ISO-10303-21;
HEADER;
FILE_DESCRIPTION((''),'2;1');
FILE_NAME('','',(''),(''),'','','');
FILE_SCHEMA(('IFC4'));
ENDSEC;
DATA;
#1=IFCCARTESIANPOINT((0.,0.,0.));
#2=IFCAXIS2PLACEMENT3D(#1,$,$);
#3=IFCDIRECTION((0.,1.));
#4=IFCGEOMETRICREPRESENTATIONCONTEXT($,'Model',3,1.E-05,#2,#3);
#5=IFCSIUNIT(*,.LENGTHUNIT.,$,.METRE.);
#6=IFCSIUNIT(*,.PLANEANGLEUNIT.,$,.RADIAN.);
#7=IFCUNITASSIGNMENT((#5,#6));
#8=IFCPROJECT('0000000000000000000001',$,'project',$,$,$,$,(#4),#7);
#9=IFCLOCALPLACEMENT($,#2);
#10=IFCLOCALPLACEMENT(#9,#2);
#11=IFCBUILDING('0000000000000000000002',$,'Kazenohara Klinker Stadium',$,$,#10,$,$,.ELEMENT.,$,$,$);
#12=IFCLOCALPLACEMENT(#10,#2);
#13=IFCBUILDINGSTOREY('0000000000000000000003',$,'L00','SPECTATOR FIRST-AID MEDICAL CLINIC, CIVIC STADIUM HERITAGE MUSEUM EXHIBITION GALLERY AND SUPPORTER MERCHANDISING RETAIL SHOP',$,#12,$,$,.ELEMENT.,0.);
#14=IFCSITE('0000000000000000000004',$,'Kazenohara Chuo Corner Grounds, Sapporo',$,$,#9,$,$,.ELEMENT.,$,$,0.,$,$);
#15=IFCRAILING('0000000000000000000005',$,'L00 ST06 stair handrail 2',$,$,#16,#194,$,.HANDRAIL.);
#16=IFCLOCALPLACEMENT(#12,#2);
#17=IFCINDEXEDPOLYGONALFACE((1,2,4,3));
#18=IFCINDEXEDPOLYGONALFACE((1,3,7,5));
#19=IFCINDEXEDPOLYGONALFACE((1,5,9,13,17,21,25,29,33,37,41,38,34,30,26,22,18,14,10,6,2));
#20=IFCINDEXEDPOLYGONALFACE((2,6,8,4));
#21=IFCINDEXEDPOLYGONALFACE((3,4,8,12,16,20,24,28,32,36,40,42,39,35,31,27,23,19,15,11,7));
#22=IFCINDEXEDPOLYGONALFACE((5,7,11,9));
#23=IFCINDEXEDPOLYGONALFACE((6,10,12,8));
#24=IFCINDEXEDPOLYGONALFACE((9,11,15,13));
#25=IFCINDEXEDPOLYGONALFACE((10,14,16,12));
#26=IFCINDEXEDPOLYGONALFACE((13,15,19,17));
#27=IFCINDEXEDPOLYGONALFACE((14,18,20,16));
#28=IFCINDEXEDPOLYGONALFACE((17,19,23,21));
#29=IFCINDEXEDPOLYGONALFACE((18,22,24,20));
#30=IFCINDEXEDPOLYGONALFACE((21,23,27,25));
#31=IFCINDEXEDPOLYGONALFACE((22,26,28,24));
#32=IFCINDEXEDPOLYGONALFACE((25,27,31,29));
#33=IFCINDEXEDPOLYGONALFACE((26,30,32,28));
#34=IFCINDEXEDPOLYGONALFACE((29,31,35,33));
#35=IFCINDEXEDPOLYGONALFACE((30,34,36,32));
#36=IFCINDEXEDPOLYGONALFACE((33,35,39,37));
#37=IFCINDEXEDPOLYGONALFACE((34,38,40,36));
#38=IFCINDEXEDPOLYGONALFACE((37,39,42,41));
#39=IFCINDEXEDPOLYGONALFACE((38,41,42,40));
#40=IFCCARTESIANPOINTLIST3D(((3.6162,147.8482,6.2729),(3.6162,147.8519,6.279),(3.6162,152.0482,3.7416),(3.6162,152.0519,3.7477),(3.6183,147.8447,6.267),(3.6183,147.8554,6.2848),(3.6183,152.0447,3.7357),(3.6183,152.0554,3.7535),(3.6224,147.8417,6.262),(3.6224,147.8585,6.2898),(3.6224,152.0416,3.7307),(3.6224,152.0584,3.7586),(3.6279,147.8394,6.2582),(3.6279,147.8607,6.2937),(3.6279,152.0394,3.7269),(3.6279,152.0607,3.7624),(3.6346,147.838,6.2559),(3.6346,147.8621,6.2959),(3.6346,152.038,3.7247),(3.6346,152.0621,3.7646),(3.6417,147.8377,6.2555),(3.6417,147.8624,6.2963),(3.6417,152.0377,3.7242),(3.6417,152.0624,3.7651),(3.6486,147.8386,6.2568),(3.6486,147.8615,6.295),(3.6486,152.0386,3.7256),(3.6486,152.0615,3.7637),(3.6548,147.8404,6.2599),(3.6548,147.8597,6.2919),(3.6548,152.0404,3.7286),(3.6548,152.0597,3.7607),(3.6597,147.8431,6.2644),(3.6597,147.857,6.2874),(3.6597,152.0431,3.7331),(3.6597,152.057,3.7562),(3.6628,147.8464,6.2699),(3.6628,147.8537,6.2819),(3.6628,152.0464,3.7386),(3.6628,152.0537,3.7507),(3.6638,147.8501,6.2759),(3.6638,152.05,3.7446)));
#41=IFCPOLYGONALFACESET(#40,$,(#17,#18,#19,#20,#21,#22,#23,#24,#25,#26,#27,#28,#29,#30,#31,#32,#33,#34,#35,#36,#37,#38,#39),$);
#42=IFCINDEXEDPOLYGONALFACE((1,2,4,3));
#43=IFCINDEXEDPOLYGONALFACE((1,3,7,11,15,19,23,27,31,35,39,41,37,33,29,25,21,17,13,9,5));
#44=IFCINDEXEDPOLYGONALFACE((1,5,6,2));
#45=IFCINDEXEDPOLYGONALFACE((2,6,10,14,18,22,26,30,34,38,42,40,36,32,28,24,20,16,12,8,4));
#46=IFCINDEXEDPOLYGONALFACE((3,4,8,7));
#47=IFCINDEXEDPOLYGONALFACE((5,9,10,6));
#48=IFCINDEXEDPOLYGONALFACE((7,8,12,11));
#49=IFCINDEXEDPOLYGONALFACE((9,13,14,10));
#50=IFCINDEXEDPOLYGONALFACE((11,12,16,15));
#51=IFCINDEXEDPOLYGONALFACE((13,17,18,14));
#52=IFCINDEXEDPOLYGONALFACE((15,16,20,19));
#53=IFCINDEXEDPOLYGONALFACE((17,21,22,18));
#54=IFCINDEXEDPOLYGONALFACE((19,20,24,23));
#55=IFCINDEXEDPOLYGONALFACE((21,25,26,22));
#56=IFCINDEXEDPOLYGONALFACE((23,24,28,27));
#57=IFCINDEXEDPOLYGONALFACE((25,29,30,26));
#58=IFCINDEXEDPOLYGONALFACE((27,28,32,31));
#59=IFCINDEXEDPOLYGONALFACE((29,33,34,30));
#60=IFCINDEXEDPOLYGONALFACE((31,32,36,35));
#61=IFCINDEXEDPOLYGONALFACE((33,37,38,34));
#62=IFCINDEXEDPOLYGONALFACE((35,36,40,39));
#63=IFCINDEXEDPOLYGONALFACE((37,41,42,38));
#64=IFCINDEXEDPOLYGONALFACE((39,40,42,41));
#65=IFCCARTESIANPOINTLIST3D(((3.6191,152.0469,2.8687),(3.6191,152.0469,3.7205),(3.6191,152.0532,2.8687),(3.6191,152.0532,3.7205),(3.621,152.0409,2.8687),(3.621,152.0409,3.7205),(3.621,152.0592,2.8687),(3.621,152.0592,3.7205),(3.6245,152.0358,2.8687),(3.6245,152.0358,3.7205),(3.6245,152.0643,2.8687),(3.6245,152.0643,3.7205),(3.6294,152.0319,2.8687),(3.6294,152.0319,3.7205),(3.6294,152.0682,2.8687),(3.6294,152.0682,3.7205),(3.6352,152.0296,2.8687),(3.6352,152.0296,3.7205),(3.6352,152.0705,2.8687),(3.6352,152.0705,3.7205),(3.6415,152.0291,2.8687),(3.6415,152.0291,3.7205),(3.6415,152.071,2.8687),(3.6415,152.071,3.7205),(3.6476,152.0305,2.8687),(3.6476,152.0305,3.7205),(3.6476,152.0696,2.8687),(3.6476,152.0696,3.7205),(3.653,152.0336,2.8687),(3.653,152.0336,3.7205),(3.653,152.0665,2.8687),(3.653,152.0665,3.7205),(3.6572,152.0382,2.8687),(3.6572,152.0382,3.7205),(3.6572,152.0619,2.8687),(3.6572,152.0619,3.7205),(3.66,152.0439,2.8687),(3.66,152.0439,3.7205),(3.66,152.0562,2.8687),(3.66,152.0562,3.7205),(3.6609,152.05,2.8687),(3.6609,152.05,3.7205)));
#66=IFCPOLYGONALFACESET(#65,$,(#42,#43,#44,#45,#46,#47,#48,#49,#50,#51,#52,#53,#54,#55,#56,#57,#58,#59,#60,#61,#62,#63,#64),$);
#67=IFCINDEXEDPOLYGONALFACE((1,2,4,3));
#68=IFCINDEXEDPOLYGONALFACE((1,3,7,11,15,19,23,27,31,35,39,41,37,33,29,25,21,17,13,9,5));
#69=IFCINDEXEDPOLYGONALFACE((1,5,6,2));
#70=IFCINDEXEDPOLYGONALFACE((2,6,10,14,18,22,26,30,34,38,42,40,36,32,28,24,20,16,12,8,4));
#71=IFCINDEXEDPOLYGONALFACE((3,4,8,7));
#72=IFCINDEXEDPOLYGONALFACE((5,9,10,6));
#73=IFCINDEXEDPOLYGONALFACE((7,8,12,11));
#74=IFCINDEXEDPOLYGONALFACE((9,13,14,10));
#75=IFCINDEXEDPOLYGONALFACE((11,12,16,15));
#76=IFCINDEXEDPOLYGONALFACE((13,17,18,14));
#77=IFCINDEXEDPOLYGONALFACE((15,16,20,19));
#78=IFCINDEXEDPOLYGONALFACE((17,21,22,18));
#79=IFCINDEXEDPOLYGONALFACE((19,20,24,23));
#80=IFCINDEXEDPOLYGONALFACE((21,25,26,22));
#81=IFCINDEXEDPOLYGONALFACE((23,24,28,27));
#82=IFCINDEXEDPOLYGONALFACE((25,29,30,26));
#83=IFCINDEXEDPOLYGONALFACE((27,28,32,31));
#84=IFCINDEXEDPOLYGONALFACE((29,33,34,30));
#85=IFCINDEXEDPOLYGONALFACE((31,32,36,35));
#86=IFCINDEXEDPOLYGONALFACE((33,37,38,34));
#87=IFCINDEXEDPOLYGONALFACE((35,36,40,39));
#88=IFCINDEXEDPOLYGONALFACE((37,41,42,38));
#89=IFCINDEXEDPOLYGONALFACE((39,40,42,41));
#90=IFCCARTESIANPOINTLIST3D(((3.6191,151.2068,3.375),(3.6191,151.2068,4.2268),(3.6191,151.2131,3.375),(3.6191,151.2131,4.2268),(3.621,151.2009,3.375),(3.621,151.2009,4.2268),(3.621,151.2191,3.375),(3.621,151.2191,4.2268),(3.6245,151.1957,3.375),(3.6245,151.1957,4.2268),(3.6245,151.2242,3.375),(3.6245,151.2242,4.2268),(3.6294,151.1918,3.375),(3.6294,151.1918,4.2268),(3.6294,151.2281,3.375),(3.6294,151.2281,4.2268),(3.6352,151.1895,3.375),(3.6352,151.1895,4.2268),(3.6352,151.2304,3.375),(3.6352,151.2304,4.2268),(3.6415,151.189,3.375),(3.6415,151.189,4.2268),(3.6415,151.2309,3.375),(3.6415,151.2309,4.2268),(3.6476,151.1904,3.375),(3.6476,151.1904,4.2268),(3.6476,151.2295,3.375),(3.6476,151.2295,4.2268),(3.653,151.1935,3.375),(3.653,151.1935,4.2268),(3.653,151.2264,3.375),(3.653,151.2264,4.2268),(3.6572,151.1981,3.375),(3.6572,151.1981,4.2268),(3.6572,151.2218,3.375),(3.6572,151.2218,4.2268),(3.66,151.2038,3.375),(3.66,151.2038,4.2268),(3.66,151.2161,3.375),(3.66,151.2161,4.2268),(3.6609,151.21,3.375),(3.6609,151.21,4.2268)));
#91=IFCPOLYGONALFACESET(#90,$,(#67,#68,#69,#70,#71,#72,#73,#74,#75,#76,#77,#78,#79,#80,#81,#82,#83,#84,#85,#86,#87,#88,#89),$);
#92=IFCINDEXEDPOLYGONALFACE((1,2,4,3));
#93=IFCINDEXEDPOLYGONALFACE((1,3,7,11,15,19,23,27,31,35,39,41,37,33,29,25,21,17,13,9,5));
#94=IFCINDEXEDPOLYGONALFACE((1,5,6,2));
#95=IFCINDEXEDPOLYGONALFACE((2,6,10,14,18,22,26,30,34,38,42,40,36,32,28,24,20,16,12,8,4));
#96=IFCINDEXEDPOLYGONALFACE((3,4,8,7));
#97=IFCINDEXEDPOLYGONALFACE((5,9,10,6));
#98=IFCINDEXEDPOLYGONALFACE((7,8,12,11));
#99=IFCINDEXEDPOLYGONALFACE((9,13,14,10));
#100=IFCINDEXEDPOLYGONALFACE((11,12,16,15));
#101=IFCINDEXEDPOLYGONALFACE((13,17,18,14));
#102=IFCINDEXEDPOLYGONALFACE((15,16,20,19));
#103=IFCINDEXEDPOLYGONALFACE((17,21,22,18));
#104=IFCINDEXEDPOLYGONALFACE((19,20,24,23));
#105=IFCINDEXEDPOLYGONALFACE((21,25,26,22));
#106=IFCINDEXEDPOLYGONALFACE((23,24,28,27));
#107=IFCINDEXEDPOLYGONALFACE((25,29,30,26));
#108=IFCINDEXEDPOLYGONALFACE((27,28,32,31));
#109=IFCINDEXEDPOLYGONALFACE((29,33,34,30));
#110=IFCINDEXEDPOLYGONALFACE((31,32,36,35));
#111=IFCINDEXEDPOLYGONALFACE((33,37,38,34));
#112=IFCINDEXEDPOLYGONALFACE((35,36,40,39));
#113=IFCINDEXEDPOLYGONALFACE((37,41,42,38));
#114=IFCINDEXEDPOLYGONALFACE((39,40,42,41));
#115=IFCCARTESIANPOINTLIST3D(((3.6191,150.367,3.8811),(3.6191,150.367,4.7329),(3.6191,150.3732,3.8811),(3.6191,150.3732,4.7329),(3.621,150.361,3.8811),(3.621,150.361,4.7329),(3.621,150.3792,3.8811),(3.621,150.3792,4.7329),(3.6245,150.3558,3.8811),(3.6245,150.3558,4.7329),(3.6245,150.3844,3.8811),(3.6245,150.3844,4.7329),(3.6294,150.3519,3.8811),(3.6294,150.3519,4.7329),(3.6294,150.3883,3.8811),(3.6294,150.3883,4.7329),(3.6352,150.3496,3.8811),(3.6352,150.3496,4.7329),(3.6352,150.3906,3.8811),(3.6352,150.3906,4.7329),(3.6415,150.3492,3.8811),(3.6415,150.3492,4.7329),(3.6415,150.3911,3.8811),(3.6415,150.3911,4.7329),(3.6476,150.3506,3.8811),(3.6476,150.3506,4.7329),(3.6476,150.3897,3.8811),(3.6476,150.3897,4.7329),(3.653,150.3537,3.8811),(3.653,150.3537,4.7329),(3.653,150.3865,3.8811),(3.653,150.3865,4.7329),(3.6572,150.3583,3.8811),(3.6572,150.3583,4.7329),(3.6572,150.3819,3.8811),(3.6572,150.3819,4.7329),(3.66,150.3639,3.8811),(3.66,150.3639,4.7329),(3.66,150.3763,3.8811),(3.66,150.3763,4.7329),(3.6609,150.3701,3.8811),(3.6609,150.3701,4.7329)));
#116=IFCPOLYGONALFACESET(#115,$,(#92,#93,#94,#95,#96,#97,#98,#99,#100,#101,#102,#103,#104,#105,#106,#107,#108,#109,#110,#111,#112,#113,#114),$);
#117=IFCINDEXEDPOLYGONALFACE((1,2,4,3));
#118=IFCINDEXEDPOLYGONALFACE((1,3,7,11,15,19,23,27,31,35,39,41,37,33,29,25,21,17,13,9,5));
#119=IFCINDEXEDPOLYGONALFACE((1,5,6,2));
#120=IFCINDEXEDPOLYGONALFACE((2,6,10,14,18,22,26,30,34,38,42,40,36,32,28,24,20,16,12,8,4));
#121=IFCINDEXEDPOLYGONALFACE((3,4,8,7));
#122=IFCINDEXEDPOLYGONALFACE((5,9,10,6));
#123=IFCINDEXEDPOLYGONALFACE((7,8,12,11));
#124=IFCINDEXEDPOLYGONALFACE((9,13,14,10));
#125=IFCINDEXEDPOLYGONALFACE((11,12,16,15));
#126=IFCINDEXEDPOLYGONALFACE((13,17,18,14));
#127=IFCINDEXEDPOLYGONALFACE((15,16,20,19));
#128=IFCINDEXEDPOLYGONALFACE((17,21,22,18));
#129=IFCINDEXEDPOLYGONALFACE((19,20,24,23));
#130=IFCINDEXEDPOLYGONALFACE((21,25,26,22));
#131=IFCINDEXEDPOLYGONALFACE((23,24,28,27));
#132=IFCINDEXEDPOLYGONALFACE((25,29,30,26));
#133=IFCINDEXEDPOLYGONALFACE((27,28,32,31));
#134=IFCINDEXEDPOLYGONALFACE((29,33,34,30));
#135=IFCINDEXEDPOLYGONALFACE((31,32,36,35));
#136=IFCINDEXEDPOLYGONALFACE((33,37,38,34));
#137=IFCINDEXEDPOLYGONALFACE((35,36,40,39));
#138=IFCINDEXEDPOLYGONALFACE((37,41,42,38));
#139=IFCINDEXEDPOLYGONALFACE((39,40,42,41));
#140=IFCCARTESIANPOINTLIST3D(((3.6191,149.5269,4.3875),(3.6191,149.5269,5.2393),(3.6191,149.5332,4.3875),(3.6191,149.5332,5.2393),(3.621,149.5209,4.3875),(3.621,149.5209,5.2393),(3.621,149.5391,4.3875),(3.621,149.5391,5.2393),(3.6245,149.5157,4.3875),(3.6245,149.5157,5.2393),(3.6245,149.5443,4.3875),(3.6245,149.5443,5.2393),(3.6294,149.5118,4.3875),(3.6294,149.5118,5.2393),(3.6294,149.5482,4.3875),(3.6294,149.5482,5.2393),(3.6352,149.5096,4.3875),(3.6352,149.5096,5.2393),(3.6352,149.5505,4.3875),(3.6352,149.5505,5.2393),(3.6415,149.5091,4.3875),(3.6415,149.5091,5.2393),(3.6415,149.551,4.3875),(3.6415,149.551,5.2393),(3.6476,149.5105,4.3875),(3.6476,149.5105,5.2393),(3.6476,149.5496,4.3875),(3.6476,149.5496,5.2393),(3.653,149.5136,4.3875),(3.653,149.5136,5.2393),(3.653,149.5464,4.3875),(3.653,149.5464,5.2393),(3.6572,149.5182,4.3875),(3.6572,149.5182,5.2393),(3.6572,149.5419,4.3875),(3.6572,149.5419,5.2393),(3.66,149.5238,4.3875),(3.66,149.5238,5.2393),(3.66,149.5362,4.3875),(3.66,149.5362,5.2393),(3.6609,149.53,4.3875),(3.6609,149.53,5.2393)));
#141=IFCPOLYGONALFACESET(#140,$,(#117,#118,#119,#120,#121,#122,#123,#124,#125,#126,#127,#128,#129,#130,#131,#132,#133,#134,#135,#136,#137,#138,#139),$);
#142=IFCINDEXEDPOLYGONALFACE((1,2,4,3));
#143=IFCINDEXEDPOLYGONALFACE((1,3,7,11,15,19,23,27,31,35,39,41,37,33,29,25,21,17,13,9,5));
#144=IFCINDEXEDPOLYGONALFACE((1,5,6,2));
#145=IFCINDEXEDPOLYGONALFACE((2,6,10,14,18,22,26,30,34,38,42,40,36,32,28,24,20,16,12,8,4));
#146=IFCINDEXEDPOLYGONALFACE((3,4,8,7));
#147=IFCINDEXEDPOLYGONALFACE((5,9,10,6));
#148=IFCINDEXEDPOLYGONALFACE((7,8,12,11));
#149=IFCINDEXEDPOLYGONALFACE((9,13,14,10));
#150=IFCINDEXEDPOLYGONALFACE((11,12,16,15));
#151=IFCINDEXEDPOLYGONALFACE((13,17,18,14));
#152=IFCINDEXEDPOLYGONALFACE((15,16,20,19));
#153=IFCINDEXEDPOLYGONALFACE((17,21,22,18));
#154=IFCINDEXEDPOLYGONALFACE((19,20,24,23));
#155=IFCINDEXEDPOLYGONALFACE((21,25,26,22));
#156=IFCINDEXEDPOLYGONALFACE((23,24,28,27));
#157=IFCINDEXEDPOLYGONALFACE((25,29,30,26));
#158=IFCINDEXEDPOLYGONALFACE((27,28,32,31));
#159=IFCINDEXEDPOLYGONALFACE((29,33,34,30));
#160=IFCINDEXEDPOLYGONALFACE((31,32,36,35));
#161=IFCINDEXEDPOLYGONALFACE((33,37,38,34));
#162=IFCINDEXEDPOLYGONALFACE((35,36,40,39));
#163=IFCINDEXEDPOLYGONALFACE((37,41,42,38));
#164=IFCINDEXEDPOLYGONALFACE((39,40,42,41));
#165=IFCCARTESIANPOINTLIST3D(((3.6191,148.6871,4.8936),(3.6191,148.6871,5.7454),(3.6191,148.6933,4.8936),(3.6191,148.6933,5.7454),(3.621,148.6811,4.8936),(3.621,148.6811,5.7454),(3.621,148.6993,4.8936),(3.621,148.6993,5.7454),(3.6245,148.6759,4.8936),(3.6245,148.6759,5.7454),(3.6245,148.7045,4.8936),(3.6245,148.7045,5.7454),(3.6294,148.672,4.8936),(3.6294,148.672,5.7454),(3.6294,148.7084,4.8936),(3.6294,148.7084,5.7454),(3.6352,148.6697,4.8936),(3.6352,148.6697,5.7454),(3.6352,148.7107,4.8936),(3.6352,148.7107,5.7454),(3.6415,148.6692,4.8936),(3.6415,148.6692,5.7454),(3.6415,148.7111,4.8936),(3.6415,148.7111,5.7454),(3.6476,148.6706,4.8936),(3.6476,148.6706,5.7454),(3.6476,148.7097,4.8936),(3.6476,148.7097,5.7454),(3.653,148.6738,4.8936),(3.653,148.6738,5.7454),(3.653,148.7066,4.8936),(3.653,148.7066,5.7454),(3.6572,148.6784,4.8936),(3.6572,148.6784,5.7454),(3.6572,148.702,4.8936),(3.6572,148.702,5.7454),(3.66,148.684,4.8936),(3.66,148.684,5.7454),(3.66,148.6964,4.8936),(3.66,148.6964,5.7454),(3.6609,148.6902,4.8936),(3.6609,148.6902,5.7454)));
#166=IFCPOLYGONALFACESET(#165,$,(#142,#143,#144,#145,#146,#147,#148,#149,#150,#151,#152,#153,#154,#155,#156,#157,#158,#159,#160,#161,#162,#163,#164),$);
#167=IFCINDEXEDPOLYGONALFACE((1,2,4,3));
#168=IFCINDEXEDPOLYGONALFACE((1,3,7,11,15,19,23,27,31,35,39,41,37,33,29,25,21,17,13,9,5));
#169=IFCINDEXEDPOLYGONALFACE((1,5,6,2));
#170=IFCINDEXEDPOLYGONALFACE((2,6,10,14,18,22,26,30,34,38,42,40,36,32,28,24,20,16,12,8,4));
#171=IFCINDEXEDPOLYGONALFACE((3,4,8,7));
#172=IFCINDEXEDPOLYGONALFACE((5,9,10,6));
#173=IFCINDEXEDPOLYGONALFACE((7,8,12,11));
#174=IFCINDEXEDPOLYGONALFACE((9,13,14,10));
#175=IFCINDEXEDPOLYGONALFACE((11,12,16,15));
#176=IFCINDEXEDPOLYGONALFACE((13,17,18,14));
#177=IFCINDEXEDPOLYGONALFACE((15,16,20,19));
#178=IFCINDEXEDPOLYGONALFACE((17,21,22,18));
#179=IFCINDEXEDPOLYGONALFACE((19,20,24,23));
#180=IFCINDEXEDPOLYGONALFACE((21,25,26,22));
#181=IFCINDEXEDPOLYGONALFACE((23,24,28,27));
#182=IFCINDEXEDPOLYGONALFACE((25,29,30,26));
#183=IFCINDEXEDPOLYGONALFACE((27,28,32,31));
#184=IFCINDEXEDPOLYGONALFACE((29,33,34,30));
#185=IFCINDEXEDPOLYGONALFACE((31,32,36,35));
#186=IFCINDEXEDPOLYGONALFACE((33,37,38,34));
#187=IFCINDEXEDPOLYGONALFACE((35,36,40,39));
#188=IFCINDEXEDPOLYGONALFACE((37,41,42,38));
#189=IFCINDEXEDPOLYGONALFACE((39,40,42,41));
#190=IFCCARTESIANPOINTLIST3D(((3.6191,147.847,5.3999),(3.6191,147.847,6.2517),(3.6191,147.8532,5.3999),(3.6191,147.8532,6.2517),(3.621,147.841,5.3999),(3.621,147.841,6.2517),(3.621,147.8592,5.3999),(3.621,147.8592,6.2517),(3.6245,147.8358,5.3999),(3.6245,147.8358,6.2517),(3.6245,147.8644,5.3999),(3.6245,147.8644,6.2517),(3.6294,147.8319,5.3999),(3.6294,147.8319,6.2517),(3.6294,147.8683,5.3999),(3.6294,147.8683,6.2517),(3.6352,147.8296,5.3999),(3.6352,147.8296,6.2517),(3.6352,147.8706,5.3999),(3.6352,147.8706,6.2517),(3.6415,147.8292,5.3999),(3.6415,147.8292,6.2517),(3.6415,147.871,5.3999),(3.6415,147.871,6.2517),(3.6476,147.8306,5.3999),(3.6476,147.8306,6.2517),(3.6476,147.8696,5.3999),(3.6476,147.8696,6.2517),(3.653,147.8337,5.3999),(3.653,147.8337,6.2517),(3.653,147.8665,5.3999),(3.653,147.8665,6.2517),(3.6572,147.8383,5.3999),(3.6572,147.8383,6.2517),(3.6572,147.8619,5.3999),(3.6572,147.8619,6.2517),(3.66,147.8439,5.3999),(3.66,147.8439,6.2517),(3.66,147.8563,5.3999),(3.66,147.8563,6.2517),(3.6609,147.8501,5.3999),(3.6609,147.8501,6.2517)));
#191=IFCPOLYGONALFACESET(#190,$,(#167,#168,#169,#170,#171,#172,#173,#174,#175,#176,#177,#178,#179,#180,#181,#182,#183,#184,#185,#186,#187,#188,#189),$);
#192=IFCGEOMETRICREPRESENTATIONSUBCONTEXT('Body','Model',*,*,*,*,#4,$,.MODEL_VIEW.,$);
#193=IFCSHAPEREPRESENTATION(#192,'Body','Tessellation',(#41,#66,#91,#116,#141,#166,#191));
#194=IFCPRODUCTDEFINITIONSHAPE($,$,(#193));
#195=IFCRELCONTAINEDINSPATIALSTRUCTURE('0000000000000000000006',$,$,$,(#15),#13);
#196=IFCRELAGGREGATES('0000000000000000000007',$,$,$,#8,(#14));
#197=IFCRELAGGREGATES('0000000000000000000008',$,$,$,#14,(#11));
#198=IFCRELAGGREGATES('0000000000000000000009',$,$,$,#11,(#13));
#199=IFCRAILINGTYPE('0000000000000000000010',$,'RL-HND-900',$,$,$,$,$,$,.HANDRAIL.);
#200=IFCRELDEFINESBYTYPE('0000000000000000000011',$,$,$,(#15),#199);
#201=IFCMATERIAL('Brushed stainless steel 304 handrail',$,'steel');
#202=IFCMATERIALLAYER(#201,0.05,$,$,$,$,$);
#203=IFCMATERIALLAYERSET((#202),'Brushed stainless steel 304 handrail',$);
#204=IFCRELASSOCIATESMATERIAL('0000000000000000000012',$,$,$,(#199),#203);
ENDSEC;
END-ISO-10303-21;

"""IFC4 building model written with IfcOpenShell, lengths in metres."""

from ifc_helpers import new_model, si_unit, direction, frame, origin, origin_2d, place, context, subcontext, project, spatial, circle, extrude, material, layer, layer_set, type_object, element, save


model = new_model("IFC4")

# Units and contexts
model_context = context("Model", 3, precision=1e-05, world=origin(), true_north=direction((0.0, 1.0)))
body_context = subcontext(model_context, "Body", "Model", "MODEL_VIEW")
ifc_project = project(units=[si_unit("LENGTHUNIT", "METRE"), si_unit("PLANEANGLEUNIT", "RADIAN")], contexts=[model_context])

# Site, building, storey
site_placement = place(None, origin())
site = spatial("IfcSite", under=ifc_project, at=site_placement, Name="Kazenohara Chuo Corner Grounds, Sapporo", CompositionType="ELEMENT", RefElevation=0.0)
building_placement = place(site_placement, origin())
building = spatial("IfcBuilding", under=site, at=building_placement, Name="Kazenohara Klinker Stadium", CompositionType="ELEMENT")
storey_placement = place(building_placement, origin())
storey = spatial("IfcBuildingStorey", under=building, at=storey_placement, Name="L00", Description="SPECTATOR FIRST-AID MEDICAL CLINIC, CIVIC STADIUM HERITAGE MUSEUM EXHIBITION GALLERY AND SUPPORTER MERCHANDISING RETAIL SHOP", CompositionType="ELEMENT", Elevation=0.0)

# Railing
ifc_material_1 = material(Name="Brushed stainless steel 304 handrail", Category="steel")
ifc_layer_1 = layer(ifc_material_1, 0.05)
ifc_layer_set_1 = layer_set([ifc_layer_1], Name="Brushed stainless steel 304 handrail")
railing_type_1 = type_object("IfcRailingType", Name="RL-HND-900", PredefinedType="HANDRAIL", material=ifc_layer_set_1)
railing_1_placement = place(storey_placement, frame((3.6399, 152.05, 2.8687)))
element("IfcRailing", 1, at=railing_1_placement, inside=storey, type_object=railing_type_1, Name="L00 ST06 stair handrail 2", PredefinedType="HANDRAIL", context=body_context, shape_type="SweptSolid", body=[
    extrude(circle(Radius=0.0239, at=origin_2d()), frame((0.0, 0.0, 0.876), z_axis=(0.0, -0.856476, 0.516186), x_axis=(1.0, 0.0, 0.0)), (0.0, 0.0, 1.0), 4.9038),
    extrude(circle(Radius=0.021, at=origin_2d()), origin(), (0.0, 0.0, 1.0), 0.8518),
    extrude(circle(Radius=0.021, at=origin_2d()), frame((0.0, -0.8401, 0.5063)), (0.0, 0.0, 1.0), 0.8518),
    extrude(circle(Radius=0.021, at=origin_2d()), frame((0.0, -1.6799, 1.0125)), (0.0, 0.0, 1.0), 0.8518),
    extrude(circle(Radius=0.021, at=origin_2d()), frame((0.0, -2.52, 1.5188)), (0.0, 0.0, 1.0), 0.8518),
    extrude(circle(Radius=0.021, at=origin_2d()), frame((0.0, -3.3599, 2.0249)), (0.0, 0.0, 1.0), 0.8518),
    extrude(circle(Radius=0.021, at=origin_2d()), frame((0.0, -4.2, 2.5312)), (0.0, 0.0, 1.0), 0.8518),
])

save(model, "model.ifc")
